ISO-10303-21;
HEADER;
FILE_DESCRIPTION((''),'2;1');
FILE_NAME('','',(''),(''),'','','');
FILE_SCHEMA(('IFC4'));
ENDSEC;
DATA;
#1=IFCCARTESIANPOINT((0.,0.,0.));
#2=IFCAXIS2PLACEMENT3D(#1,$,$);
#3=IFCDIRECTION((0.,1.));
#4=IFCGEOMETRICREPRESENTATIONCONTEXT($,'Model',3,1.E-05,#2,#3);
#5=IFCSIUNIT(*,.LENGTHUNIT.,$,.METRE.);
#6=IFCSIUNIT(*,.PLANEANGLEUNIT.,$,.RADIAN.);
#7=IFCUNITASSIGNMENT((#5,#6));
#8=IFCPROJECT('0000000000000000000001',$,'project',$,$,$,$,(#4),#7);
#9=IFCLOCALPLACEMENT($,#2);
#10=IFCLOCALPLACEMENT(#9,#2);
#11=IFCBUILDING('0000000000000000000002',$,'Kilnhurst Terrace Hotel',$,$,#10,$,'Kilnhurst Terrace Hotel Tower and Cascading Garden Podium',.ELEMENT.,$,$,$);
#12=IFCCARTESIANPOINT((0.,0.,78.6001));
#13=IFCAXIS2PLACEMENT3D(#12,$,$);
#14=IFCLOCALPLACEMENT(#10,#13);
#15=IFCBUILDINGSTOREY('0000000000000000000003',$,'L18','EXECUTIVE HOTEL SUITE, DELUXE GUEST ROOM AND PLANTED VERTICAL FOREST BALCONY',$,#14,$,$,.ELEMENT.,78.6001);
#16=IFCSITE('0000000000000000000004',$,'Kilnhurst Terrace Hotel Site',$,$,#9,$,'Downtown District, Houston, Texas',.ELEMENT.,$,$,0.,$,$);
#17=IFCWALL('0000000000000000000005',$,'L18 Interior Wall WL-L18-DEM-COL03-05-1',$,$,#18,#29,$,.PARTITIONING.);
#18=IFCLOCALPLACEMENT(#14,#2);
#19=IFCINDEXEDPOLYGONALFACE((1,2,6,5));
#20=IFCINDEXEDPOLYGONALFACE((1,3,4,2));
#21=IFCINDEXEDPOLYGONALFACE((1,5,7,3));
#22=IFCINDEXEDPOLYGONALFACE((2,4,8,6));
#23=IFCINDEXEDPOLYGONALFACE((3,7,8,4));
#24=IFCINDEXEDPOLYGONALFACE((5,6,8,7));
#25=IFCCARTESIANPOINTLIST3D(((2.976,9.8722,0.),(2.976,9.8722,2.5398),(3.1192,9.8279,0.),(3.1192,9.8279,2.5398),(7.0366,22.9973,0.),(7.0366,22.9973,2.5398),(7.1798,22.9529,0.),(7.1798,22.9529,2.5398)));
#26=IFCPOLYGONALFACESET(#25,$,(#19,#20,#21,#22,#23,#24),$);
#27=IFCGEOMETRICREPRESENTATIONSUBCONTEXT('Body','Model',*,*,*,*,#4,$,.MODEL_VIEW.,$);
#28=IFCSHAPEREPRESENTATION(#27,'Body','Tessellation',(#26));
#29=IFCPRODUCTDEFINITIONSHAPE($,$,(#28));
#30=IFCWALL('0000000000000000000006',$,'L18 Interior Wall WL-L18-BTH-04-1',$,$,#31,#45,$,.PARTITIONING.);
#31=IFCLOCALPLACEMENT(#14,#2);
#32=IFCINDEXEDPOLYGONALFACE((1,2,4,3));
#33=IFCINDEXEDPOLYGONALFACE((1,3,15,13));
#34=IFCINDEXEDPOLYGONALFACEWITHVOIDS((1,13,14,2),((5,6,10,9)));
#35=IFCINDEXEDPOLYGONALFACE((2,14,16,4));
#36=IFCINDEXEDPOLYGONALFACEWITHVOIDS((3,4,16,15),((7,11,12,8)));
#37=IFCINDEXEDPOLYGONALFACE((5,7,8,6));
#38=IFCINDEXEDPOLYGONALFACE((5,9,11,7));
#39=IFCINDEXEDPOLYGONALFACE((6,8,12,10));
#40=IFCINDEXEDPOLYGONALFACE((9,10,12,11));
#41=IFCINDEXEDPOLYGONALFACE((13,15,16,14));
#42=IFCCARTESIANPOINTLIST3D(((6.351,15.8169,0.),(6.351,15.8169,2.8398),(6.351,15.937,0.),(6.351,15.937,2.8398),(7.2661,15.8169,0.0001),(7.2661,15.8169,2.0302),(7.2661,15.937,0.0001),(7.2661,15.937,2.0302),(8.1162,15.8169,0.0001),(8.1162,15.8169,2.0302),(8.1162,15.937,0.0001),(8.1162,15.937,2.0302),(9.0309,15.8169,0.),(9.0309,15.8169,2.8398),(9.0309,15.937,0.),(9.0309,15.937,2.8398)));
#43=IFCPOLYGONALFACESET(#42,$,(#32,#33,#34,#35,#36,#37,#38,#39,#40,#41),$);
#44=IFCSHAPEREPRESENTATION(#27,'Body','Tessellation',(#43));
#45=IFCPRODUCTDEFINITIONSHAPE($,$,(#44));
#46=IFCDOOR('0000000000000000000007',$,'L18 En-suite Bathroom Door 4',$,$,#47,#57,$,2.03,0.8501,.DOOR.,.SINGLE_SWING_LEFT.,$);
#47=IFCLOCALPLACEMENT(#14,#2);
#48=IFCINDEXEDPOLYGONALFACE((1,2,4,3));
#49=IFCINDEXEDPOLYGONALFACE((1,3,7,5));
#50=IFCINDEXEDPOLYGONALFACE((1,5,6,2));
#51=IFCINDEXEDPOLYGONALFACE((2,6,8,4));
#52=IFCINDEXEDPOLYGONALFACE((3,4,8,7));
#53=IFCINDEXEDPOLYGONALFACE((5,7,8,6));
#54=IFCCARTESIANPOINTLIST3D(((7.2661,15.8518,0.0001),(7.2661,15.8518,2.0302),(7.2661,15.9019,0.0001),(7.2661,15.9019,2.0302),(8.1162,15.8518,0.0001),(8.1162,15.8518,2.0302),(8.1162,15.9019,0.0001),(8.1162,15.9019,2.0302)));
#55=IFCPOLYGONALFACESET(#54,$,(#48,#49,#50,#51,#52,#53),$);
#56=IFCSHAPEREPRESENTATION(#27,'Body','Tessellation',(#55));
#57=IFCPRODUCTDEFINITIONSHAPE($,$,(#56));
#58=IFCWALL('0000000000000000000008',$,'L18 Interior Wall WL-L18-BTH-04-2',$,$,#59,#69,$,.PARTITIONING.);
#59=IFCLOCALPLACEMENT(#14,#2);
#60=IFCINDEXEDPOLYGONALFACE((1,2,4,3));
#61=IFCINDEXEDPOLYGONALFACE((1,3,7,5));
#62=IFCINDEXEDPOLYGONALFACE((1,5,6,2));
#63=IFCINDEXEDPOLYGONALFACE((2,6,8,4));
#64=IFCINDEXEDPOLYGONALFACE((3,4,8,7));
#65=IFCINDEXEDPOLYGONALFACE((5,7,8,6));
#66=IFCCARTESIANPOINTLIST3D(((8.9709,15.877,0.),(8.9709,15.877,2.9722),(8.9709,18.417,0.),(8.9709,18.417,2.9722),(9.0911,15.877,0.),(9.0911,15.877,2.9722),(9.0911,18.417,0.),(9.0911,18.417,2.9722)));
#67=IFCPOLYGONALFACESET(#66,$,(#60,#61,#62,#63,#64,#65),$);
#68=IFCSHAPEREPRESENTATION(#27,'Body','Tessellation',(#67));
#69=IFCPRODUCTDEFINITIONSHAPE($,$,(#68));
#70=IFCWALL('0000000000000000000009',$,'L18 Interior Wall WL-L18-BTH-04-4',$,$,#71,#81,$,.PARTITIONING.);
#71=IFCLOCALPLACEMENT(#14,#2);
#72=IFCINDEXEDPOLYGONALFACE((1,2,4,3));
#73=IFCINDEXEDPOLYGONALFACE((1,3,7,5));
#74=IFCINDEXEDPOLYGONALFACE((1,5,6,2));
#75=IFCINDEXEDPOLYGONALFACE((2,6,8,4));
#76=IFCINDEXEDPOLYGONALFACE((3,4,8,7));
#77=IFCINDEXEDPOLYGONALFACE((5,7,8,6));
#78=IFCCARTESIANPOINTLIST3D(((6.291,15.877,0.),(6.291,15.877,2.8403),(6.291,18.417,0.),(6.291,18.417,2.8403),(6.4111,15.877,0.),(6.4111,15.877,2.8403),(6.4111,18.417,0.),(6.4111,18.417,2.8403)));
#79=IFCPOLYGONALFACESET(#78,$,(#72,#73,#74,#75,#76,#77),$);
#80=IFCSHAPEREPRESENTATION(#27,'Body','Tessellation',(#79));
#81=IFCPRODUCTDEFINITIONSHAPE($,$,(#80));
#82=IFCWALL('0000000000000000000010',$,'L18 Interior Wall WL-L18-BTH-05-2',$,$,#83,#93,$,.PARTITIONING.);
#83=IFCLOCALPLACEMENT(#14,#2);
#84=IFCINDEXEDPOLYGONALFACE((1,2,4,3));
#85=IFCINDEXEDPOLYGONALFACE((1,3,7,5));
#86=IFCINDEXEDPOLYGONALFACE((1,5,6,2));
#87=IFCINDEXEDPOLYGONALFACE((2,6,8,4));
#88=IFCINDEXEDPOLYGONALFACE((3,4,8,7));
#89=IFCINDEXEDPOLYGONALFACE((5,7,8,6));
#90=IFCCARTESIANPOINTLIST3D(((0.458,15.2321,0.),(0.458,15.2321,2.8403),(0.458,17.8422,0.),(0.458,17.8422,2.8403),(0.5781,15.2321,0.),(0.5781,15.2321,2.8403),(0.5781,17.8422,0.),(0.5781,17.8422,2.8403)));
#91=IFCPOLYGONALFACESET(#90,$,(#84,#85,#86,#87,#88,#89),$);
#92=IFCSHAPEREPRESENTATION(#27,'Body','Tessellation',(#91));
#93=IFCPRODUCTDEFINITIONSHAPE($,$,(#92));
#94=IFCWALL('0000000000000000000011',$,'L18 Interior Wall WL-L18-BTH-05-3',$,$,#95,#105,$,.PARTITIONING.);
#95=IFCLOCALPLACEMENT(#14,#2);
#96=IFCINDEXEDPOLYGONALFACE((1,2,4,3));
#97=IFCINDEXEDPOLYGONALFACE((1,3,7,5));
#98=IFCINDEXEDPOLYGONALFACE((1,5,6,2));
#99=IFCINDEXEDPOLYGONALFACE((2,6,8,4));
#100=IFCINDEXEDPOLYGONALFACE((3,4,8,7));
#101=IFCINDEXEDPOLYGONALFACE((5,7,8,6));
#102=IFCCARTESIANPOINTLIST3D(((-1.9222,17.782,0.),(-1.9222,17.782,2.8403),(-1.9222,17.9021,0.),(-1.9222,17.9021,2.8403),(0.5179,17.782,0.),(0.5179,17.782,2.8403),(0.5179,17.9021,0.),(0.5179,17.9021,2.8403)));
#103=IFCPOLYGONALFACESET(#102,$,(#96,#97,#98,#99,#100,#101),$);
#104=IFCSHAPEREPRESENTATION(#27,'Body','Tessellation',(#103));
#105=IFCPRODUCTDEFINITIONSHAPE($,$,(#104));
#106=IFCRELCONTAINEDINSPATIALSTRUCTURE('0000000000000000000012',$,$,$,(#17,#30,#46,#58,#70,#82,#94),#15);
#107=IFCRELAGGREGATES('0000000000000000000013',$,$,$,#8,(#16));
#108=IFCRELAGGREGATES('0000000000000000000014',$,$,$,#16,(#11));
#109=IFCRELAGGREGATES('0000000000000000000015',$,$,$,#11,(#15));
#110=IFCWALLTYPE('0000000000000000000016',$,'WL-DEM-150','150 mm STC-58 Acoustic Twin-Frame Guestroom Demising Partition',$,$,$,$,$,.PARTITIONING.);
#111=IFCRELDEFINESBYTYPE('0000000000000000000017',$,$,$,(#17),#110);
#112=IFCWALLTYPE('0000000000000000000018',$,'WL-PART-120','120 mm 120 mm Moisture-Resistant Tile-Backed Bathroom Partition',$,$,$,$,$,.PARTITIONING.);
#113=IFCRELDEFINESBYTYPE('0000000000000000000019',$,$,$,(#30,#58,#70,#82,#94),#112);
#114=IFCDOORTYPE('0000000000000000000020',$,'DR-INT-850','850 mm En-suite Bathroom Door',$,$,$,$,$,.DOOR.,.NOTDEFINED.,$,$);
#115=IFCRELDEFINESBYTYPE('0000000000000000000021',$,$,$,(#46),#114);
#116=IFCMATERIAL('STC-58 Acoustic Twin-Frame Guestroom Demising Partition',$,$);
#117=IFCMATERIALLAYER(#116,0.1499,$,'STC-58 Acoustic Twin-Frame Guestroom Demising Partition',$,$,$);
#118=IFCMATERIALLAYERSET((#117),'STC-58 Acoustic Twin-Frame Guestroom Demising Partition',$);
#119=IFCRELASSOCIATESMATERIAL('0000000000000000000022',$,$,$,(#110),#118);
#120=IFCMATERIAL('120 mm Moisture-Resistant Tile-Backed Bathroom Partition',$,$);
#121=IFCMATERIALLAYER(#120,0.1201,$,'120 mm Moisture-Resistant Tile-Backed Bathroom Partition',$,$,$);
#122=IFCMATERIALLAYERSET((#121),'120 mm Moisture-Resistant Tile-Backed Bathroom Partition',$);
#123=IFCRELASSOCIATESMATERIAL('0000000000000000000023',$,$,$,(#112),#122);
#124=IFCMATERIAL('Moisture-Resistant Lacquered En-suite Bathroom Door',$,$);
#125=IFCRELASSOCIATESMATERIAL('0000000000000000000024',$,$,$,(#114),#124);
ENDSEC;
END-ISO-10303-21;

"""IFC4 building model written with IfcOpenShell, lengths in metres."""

from ifc_helpers import new_model, si_unit, direction, frame, frame_2d, origin, place, context, subcontext, project, spatial, rectangle, extrude, material, layer, layer_set, type_object, element, fill, save


model = new_model("IFC4")

# Units and contexts
model_context = context("Model", 3, precision=1e-05, world=origin(), true_north=direction((0.0, 1.0)))
body_context = subcontext(model_context, "Body", "Model", "MODEL_VIEW")
ifc_project = project(units=[si_unit("LENGTHUNIT", "METRE"), si_unit("PLANEANGLEUNIT", "RADIAN")], contexts=[model_context])

# Site, building, storey
site_placement = place(None, origin())
site = spatial("IfcSite", under=ifc_project, at=site_placement, Name="Kilnhurst Terrace Hotel Site", LongName="Downtown District, Houston, Texas", CompositionType="ELEMENT", RefElevation=0.0)
building_placement = place(site_placement, origin())
building = spatial("IfcBuilding", under=site, at=building_placement, Name="Kilnhurst Terrace Hotel", LongName="Kilnhurst Terrace Hotel Tower and Cascading Garden Podium", CompositionType="ELEMENT")
storey_placement = place(building_placement, frame((0.0, 0.0, 78.6001)))
storey = spatial("IfcBuildingStorey", under=building, at=storey_placement, Name="L18", Description="EXECUTIVE HOTEL SUITE, DELUXE GUEST ROOM AND PLANTED VERTICAL FOREST BALCONY", CompositionType="ELEMENT", Elevation=78.6001)

# Wall
ifc_material_1 = material(Name="STC-58 Acoustic Twin-Frame Guestroom Demising Partition")
ifc_layer_1 = layer(ifc_material_1, 0.1499, Name="STC-58 Acoustic Twin-Frame Guestroom Demising Partition")
ifc_layer_set_1 = layer_set([ifc_layer_1], Name="STC-58 Acoustic Twin-Frame Guestroom Demising Partition")
wall_type_1 = type_object("IfcWallType", Name="WL-DEM-150", Description="150 mm STC-58 Acoustic Twin-Frame Guestroom Demising Partition", PredefinedType="PARTITIONING", material=ifc_layer_set_1)
wall_1_placement = place(storey_placement, frame((3.0476, 9.8501, 0.0), z_axis=(0.0, 0.0, 1.0), x_axis=(0.295554, 0.955326, 0.0)))
element("IfcWall", 1, at=wall_1_placement, inside=storey, type_object=wall_type_1, Name="L18 Interior Wall WL-L18-DEM-COL03-05-1", PredefinedType="PARTITIONING", context=body_context, shape_type="SweptSolid", body=[
    extrude(rectangle(XDim=13.7388, YDim=0.1499, at=frame_2d((6.8694, 0.0))), origin(), (0.0, 0.0, 1.0), 2.5398),
])

# Wall, opening, door
ifc_material_2 = material(Name="120 mm Moisture-Resistant Tile-Backed Bathroom Partition")
ifc_layer_2 = layer(ifc_material_2, 0.1201, Name="120 mm Moisture-Resistant Tile-Backed Bathroom Partition")
ifc_layer_set_2 = layer_set([ifc_layer_2], Name="120 mm Moisture-Resistant Tile-Backed Bathroom Partition")
wall_type_2 = type_object("IfcWallType", Name="WL-PART-120", Description="120 mm 120 mm Moisture-Resistant Tile-Backed Bathroom Partition", PredefinedType="PARTITIONING", material=ifc_layer_set_2)
wall_2_placement = place(storey_placement, frame((6.3511, 15.877, 0.0), z_axis=(0.0, 0.0, 1.0), x_axis=(1.0, 0.0, 0.0)))
wall_2 = element("IfcWall", 2, at=wall_2_placement, inside=storey, type_object=wall_type_2, Name="L18 Interior Wall WL-L18-BTH-04-1", PredefinedType="PARTITIONING", context=body_context, shape_type="SweptSolid", body=[
    extrude(rectangle(XDim=2.6799, YDim=0.1201, at=frame_2d((1.3398, 0.0))), origin(), (0.0, 0.0, 1.0), 2.8398),
])
opening_placement = place(wall_2_placement, frame((0.915, 0.0, 0.0)))
opening = element("IfcOpeningElement", 3, at=opening_placement, cuts=wall_2, PredefinedType="OPENING", context=body_context, shape_type="SweptSolid", body=[
    extrude(rectangle(XDim=0.8501, YDim=2.03, at=frame_2d((0.425, 1.0151))), frame((0.0, 0.0701, 0.0), z_axis=(0.0, -1.0, 0.0), x_axis=(1.0, 0.0, 0.0)), (0.0, 0.0, 1.0), 0.1401),
])
ifc_material_3 = material(Name="Moisture-Resistant Lacquered En-suite Bathroom Door")
door_type = type_object("IfcDoorType", Name="DR-INT-850", Description="850 mm En-suite Bathroom Door", OperationType="NOTDEFINED", PredefinedType="DOOR", material=ifc_material_3)
door_placement = place(opening_placement, origin())
door = element("IfcDoor", 4, at=door_placement, inside=storey, type_object=door_type, Name="L18 En-suite Bathroom Door 4", OperationType="SINGLE_SWING_LEFT", OverallHeight=2.03, OverallWidth=0.8501, PredefinedType="DOOR", context=body_context, shape_type="SweptSolid", body=[
    extrude(rectangle(XDim=0.8501, YDim=2.03, at=frame_2d((0.425, 1.0151))), frame((0.0, 0.0249, 0.0), z_axis=(0.0, -1.0, 0.0), x_axis=(1.0, 0.0, 0.0)), (0.0, 0.0, 1.0), 0.05),
])
fill(opening, door)

# Walls
wall_3_placement = place(storey_placement, frame((9.031, 15.877, 0.0), z_axis=(0.0, 0.0, 1.0), x_axis=(0.0, 1.0, 0.0)))
element("IfcWall", 5, at=wall_3_placement, inside=storey, type_object=wall_type_2, Name="L18 Interior Wall WL-L18-BTH-04-2", PredefinedType="PARTITIONING", context=body_context, shape_type="SweptSolid", body=[
    extrude(rectangle(XDim=2.54, YDim=0.1201, at=frame_2d((1.27, 0.0))), origin(), (0.0, 0.0, 1.0), 2.9722),
])
wall_4_placement = place(storey_placement, frame((6.3511, 18.417, 0.0), z_axis=(0.0, 0.0, 1.0), x_axis=(0.0, -1.0, 0.0)))
element("IfcWall", 6, at=wall_4_placement, inside=storey, type_object=wall_type_2, Name="L18 Interior Wall WL-L18-BTH-04-4", PredefinedType="PARTITIONING", context=body_context, shape_type="SweptSolid", body=[
    extrude(rectangle(XDim=2.54, YDim=0.1201, at=frame_2d((1.27, 0.0))), origin(), (0.0, 0.0, 1.0), 2.8403),
])
wall_5_placement = place(storey_placement, frame((0.5181, 15.2319, 0.0), z_axis=(0.0, 0.0, 1.0), x_axis=(0.0, 1.0, 0.0)))
element("IfcWall", 7, at=wall_5_placement, inside=storey, type_object=wall_type_2, Name="L18 Interior Wall WL-L18-BTH-05-2", PredefinedType="PARTITIONING", context=body_context, shape_type="SweptSolid", body=[
    extrude(rectangle(XDim=2.6101, YDim=0.1201, at=frame_2d((1.3052, 0.0))), origin(), (0.0, 0.0, 1.0), 2.8403),
])
wall_6_placement = place(storey_placement, frame((0.5181, 17.842, 0.0), z_axis=(0.0, 0.0, 1.0), x_axis=(-1.0, 0.0, 0.0)))
element("IfcWall", 8, at=wall_6_placement, inside=storey, type_object=wall_type_2, Name="L18 Interior Wall WL-L18-BTH-05-3", PredefinedType="PARTITIONING", context=body_context, shape_type="SweptSolid", body=[
    extrude(rectangle(XDim=2.4402, YDim=0.1201, at=frame_2d((1.2202, 0.0))), origin(), (0.0, 0.0, 1.0), 2.8403),
])

save(model, "model.ifc")
